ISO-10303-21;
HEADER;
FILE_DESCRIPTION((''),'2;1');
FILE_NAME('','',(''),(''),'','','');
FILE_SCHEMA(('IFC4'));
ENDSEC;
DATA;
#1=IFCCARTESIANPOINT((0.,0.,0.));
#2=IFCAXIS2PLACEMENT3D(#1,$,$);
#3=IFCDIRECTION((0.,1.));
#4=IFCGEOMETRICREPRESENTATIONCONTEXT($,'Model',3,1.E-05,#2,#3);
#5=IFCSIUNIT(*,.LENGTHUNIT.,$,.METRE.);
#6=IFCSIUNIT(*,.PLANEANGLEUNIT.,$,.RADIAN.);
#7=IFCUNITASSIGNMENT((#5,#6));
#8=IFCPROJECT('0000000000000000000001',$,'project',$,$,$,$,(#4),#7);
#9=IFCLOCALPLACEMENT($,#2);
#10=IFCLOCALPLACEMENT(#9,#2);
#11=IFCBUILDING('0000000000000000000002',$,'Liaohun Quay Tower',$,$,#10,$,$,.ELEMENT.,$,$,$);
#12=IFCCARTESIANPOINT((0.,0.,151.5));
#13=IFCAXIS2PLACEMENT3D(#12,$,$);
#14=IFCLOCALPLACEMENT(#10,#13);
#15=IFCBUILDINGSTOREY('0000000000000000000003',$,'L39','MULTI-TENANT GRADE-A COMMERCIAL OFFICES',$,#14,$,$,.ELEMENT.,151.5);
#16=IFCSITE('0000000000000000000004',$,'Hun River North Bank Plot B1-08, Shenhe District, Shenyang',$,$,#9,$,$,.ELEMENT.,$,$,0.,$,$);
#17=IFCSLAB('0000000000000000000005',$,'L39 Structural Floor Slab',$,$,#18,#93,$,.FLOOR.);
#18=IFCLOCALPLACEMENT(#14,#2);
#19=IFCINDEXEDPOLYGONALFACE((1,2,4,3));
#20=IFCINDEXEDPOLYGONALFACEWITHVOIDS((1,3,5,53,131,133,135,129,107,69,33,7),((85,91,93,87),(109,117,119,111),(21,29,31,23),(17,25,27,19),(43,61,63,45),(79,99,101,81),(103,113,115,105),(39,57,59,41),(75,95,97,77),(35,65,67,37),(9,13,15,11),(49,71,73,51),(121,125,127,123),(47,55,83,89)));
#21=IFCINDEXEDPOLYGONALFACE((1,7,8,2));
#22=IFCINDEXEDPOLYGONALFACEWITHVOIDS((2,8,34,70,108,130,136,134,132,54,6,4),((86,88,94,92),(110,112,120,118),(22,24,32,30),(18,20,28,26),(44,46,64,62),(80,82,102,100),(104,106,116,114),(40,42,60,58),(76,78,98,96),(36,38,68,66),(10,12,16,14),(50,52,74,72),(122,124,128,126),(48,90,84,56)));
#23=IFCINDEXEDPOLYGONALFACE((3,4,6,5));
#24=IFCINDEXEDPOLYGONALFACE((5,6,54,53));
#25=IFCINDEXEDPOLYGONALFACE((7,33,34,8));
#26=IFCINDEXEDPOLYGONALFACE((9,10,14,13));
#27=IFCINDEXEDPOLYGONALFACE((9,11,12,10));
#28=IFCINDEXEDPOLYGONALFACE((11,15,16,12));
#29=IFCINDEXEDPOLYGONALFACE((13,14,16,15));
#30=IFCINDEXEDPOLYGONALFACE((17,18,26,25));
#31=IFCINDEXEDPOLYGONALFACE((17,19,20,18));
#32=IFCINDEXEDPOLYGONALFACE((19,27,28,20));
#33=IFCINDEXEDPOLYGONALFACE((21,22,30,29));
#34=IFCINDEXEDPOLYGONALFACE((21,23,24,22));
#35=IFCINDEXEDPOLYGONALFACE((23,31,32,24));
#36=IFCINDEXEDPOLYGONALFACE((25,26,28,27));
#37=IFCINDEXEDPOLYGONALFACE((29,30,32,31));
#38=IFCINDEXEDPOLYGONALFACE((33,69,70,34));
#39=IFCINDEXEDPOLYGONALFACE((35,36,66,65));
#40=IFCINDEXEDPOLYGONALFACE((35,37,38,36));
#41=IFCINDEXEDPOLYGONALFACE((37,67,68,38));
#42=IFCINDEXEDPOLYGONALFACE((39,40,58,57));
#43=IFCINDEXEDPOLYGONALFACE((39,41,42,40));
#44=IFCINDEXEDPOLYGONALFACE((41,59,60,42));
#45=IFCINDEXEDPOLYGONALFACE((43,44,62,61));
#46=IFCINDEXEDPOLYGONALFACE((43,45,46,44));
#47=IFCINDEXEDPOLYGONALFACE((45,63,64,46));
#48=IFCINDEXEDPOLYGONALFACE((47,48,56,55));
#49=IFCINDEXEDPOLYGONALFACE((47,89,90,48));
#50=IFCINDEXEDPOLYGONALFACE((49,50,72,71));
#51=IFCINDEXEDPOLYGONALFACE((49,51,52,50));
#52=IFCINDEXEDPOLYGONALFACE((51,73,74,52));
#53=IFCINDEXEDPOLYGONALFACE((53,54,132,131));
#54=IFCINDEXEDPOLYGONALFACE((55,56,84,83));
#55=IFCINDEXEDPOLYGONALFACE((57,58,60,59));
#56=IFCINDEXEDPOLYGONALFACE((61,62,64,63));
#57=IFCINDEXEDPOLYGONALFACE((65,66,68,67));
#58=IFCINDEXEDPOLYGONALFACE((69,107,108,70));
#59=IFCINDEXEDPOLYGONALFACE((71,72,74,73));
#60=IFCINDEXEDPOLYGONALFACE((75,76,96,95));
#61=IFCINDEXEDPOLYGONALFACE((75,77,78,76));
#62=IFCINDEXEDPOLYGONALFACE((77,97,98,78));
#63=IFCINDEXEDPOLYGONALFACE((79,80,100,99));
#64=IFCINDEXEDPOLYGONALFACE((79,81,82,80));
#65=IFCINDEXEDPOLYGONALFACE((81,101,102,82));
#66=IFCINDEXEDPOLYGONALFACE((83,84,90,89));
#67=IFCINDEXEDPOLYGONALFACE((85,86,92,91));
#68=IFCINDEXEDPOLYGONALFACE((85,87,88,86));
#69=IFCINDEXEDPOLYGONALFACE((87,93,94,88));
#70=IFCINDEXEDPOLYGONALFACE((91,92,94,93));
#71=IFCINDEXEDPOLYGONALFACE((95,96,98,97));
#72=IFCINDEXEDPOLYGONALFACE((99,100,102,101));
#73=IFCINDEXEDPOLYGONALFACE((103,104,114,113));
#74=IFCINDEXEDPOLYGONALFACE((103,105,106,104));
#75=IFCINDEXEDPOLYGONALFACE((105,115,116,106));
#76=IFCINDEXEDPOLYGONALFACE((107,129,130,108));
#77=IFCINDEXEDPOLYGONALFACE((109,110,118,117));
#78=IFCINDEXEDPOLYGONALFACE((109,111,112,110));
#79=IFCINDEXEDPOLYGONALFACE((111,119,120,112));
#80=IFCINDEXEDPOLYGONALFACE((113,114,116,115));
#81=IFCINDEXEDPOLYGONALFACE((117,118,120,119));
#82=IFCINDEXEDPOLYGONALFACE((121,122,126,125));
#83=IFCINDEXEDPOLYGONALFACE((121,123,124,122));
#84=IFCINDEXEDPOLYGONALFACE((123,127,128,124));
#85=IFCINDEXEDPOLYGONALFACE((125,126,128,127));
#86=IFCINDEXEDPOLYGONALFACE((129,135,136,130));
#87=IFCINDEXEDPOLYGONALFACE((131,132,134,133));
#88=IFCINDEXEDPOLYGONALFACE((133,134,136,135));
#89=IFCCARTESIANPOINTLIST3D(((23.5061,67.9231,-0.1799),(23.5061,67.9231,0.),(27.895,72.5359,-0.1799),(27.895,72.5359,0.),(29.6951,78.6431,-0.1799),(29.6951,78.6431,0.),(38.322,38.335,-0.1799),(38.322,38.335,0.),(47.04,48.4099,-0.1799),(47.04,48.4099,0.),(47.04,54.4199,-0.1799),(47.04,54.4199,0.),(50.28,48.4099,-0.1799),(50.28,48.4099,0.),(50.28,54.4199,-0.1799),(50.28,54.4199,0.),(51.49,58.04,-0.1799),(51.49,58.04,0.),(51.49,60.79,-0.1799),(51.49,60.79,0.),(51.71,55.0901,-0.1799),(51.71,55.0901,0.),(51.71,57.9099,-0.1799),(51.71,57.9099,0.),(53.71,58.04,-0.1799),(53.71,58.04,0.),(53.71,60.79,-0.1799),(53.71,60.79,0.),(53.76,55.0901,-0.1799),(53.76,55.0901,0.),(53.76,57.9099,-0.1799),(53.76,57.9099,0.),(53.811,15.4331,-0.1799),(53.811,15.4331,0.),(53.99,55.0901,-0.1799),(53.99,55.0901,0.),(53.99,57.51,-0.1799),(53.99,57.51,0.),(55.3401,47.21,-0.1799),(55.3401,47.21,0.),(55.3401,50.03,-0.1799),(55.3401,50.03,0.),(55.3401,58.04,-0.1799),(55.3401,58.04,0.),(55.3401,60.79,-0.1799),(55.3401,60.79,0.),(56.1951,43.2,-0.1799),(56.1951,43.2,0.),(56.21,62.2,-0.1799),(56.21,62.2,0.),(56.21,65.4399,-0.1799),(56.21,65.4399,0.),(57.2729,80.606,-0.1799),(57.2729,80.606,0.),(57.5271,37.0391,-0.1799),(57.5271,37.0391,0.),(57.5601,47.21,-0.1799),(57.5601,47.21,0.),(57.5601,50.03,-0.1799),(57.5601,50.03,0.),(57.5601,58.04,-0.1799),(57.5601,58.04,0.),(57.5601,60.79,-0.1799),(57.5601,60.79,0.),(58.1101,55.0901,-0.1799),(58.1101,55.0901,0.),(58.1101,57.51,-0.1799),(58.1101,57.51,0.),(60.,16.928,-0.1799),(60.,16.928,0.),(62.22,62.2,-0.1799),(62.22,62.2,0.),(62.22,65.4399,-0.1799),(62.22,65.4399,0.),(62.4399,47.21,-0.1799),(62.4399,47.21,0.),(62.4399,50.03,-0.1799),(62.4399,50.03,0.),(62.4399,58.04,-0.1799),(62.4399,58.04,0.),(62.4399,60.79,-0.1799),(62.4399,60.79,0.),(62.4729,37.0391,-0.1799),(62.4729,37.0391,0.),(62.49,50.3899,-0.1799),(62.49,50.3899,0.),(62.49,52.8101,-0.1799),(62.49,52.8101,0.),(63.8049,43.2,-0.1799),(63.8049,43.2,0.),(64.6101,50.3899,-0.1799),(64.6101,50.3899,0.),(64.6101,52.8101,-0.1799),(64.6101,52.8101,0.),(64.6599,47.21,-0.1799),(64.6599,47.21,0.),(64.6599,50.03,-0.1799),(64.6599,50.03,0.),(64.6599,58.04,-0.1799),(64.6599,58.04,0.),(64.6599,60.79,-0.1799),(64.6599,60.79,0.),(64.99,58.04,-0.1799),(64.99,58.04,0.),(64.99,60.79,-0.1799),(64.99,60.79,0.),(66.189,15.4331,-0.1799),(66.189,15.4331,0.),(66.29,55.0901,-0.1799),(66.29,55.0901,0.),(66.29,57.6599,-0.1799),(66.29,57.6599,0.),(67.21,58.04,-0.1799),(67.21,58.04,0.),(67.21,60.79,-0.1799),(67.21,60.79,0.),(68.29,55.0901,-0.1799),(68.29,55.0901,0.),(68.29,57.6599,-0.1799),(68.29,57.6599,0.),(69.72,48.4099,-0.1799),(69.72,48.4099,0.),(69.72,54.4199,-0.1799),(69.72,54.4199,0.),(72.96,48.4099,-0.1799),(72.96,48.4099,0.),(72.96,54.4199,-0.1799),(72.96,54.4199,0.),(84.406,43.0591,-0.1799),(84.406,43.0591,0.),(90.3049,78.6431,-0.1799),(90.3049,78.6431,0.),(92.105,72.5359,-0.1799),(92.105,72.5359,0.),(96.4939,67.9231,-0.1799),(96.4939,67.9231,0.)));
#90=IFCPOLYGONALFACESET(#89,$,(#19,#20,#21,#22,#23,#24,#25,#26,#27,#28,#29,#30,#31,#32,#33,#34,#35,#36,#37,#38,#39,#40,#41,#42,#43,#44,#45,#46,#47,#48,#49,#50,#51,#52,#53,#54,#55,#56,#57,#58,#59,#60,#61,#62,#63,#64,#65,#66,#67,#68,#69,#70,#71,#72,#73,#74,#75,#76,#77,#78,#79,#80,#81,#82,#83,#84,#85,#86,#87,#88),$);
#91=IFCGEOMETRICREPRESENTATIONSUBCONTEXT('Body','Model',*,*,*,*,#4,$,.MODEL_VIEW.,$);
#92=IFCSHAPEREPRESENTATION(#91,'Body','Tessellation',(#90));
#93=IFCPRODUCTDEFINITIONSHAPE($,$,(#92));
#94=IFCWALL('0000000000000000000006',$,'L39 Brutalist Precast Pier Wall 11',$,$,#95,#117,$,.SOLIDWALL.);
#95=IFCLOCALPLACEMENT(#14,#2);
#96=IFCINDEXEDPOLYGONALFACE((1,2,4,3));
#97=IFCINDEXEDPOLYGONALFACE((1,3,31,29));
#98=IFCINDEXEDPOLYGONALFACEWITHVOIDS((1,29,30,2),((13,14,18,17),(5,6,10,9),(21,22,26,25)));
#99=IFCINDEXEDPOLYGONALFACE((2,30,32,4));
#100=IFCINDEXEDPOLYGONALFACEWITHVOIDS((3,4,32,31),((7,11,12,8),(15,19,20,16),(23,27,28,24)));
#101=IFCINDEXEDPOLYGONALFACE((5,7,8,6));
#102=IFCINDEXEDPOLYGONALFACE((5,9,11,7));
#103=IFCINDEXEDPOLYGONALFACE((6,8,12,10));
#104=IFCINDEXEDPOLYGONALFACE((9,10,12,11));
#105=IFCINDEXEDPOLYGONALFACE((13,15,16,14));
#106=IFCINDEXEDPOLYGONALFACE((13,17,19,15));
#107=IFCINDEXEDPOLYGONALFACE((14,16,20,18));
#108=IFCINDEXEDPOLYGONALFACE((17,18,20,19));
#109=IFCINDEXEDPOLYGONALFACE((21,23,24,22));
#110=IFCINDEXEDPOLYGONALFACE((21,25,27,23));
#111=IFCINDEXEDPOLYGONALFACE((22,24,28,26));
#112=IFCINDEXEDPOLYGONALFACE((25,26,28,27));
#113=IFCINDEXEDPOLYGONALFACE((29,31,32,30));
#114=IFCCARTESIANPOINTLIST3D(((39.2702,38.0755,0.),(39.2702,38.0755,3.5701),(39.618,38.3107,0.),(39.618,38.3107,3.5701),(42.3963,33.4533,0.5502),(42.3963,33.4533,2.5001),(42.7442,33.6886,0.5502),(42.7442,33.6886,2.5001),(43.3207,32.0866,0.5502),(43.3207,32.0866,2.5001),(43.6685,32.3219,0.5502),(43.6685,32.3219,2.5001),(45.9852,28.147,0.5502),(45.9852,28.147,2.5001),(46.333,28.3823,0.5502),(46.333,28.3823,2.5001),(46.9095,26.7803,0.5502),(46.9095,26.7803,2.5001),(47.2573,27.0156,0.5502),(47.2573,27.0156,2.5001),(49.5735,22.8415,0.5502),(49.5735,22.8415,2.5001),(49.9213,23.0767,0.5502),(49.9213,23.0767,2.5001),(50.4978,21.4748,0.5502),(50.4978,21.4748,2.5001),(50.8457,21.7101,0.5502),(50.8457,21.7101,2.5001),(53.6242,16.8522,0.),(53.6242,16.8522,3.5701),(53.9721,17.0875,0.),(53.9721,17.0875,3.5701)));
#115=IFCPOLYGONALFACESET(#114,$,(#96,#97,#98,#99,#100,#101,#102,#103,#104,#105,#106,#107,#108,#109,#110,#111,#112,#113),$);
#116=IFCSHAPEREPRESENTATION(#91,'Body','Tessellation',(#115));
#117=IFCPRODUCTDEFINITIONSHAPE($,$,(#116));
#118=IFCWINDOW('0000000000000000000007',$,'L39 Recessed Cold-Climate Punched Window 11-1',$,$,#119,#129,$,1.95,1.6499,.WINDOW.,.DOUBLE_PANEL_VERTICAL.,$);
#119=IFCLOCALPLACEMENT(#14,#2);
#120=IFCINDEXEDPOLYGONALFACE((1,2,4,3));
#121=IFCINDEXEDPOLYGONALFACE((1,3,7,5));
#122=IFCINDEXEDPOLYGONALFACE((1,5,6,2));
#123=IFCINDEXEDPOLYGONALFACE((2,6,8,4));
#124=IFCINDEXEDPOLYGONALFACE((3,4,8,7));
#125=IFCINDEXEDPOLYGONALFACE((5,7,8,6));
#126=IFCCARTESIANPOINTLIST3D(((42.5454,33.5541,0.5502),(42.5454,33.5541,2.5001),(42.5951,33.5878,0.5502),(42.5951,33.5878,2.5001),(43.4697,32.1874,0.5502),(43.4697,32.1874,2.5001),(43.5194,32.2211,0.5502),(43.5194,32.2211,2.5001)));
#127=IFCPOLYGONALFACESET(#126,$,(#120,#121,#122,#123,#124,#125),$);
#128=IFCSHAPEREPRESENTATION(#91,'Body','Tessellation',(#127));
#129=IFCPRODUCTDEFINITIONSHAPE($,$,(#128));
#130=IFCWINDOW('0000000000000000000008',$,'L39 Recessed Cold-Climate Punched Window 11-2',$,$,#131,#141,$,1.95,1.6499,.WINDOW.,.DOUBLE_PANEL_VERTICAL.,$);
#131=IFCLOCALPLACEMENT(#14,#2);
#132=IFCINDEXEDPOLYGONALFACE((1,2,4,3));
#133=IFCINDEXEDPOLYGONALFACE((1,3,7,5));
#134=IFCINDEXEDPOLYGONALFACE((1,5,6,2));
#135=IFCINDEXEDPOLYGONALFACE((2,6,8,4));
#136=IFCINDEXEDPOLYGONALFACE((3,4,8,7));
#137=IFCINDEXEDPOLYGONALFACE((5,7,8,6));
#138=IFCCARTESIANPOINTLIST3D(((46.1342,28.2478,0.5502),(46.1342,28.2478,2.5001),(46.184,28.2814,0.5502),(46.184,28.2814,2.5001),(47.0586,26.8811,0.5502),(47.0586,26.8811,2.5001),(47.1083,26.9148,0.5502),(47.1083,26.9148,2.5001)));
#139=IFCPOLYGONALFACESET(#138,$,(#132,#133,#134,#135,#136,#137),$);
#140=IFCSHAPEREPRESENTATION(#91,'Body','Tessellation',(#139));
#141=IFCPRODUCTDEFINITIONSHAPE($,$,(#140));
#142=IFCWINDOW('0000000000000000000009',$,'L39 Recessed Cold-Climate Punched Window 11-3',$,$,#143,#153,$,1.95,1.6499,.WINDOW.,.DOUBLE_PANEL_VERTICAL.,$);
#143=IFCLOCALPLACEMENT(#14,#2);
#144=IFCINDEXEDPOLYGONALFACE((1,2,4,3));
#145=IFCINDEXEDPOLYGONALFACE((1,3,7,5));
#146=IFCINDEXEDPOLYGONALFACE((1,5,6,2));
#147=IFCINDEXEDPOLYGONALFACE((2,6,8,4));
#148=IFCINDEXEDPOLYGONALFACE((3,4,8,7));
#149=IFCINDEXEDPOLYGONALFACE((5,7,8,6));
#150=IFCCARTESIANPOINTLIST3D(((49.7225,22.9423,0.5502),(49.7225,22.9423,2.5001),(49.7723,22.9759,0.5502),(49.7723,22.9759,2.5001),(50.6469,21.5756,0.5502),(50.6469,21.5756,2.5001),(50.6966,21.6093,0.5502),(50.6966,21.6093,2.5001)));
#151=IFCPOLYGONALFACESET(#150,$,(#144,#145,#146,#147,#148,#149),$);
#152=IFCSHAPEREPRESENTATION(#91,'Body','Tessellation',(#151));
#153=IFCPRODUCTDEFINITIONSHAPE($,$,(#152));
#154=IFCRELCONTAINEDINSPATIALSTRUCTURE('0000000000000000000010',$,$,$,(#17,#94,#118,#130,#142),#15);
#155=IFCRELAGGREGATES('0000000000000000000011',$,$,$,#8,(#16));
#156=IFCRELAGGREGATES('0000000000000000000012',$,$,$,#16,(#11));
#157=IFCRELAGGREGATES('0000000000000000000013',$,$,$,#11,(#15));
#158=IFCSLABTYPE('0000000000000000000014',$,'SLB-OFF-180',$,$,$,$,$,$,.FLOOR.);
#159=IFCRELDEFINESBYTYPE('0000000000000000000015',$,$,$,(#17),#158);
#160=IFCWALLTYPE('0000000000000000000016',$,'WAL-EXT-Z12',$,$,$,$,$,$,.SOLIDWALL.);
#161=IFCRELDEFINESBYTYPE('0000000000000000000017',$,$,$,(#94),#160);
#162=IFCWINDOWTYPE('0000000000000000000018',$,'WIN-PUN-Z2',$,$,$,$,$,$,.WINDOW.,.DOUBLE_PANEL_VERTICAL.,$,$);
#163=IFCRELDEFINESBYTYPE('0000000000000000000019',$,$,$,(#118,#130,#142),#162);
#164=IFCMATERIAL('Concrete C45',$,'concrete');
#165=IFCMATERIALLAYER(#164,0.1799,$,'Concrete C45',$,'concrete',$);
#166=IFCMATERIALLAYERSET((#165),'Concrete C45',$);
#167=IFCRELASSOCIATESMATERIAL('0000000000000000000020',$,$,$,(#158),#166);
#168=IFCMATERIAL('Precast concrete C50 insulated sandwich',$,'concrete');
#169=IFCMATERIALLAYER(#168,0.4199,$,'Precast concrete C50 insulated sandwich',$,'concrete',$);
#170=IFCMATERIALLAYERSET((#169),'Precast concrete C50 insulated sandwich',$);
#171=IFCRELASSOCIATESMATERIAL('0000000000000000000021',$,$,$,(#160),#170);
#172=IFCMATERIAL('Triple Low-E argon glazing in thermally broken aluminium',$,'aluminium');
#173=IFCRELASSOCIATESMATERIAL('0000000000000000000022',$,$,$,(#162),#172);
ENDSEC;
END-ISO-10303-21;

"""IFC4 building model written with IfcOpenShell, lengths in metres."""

from ifc_helpers import new_model, si_unit, direction, frame, frame_2d, origin, place, context, subcontext, project, spatial, polyline, rectangle, outline, extrude, source, transform, mapped, material, layer, layer_set, type_object, element, fill, save


model = new_model("IFC4")

# Units and contexts
model_context = context("Model", 3, precision=1e-05, world=origin(), true_north=direction((0.0, 1.0)))
body_context = subcontext(model_context, "Body", "Model", "MODEL_VIEW")
ifc_project = project(units=[si_unit("LENGTHUNIT", "METRE"), si_unit("PLANEANGLEUNIT", "RADIAN")], contexts=[model_context])

# Site, building, storey
site_placement = place(None, origin())
site = spatial("IfcSite", under=ifc_project, at=site_placement, Name="Hun River North Bank Plot B1-08, Shenhe District, Shenyang", CompositionType="ELEMENT", RefElevation=0.0)
building_placement = place(site_placement, origin())
building = spatial("IfcBuilding", under=site, at=building_placement, Name="Liaohun Quay Tower", CompositionType="ELEMENT")
storey_placement = place(building_placement, frame((0.0, 0.0, 151.5)))
storey = spatial("IfcBuildingStorey", under=building, at=storey_placement, Name="L39", Description="MULTI-TENANT GRADE-A COMMERCIAL OFFICES", CompositionType="ELEMENT", Elevation=151.5)

# Shared definitions
ifc_material_1 = material(Name="Concrete C45", Category="concrete")

# Slab
ifc_layer_1 = layer(ifc_material_1, 0.1799, Name="Concrete C45", Category="concrete")
ifc_layer_set_1 = layer_set([ifc_layer_1], Name="Concrete C45")
slab_type_1 = type_object("IfcSlabType", Name="SLB-OFF-180", PredefinedType="FLOOR", material=ifc_layer_set_1)
slab_1_placement = place(storey_placement, frame((0.0, 0.0, -0.1799)))
element("IfcSlab", 1, at=slab_1_placement, inside=storey, type_object=slab_type_1, Name="L39 Structural Floor Slab", PredefinedType="FLOOR", context=body_context, shape_type="SweptSolid", body=[
    extrude(outline(polyline([(53.811, 15.4331), (60.0, 16.928), (66.189, 15.4331), (84.406, 43.0591), (96.4939, 67.9231), (92.105, 72.5359), (90.3049, 78.6431), (57.2729, 80.606), (29.6951, 78.6431), (27.895, 72.5359), (23.5061, 67.9231), (38.322, 38.335), (53.811, 15.4331)]), holes=[polyline([(57.5601, 50.03), (55.3401, 50.03), (55.3401, 47.21), (57.5601, 47.21), (57.5601, 50.03)]), polyline([(50.28, 54.4199), (47.04, 54.4199), (47.04, 48.4099), (50.28, 48.4099), (50.28, 54.4199)]), polyline([(53.99, 55.0901), (58.1101, 55.0901), (58.1101, 57.51), (53.99, 57.51), (53.99, 55.0901)]), polyline([(53.76, 55.0901), (53.76, 57.9099), (51.71, 57.9099), (51.71, 55.0901), (53.76, 55.0901)]), polyline([(53.71, 58.04), (53.71, 60.79), (51.49, 60.79), (51.49, 58.04), (53.71, 58.04)]), polyline([(57.5601, 58.04), (57.5601, 60.79), (55.3401, 60.79), (55.3401, 58.04), (57.5601, 58.04)]), polyline([(62.22, 62.2), (62.22, 65.4399), (56.21, 65.4399), (56.21, 62.2), (62.22, 62.2)]), polyline([(62.4729, 37.0391), (63.8049, 43.2), (56.1951, 43.2), (57.5271, 37.0391), (62.4729, 37.0391)]), polyline([(64.6599, 47.21), (64.6599, 50.03), (62.4399, 50.03), (62.4399, 47.21), (64.6599, 47.21)]), polyline([(72.96, 54.4199), (69.72, 54.4199), (69.72, 48.4099), (72.96, 48.4099), (72.96, 54.4199)]), polyline([(64.6101, 50.3899), (64.6101, 52.8101), (62.49, 52.8101), (62.49, 50.3899), (64.6101, 50.3899)]), polyline([(68.29, 55.0901), (68.29, 57.6599), (66.29, 57.6599), (66.29, 55.0901), (68.29, 55.0901)]), polyline([(64.6599, 58.04), (64.6599, 60.79), (62.4399, 60.79), (62.4399, 58.04), (64.6599, 58.04)]), polyline([(67.21, 58.04), (67.21, 60.79), (64.99, 60.79), (64.99, 58.04), (67.21, 58.04)])]), origin(), (0.0, 0.0, 1.0), 0.1799),
])

# Wall, openings, windows
ifc_material_2 = material(Name="Precast concrete C50 insulated sandwich", Category="concrete")
ifc_layer_2 = layer(ifc_material_2, 0.4199, Name="Precast concrete C50 insulated sandwich", Category="concrete")
ifc_layer_set_2 = layer_set([ifc_layer_2], Name="Precast concrete C50 insulated sandwich")
wall_type_1 = type_object("IfcWallType", Name="WAL-EXT-Z12", PredefinedType="SOLIDWALL", material=ifc_layer_set_2)
wall_1_placement = place(storey_placement, frame((39.4441, 38.1931, 0.0), z_axis=(0.0, 0.0, 1.0), x_axis=(0.560234, -0.828335, 0.0)))
wall_1 = element("IfcWall", 2, at=wall_1_placement, inside=storey, type_object=wall_type_1, Name="L39 Brutalist Precast Pier Wall 11", PredefinedType="SOLIDWALL", context=body_context, shape_type="SweptSolid", body=[
    extrude(rectangle(XDim=25.6216, YDim=0.4199, at=frame_2d((12.8108, 0.0))), origin(), (0.0, 0.0, 1.0), 3.5701),
])
shared_shape_1 = source(origin(), body_context, "Body", "SweptSolid", [
    extrude(rectangle(XDim=1.6499, YDim=1.95, at=frame_2d((0.825, 0.9751))), frame((0.0, 0.22, 0.0), z_axis=(0.0, -1.0, 0.0), x_axis=(1.0, 0.0, 0.0)), (0.0, 0.0, 1.0), 0.4399),
])
opening_1_placement = place(wall_1_placement, frame((5.5801, 0.0, 0.55)))
opening_1 = element("IfcOpeningElement", 3, at=opening_1_placement, cuts=wall_1, PredefinedType="OPENING", context=body_context, shape_type="MappedRepresentation", body=[
    mapped(shared_shape_1, transform((0.0, 0.0, 0.0), x_axis=(1.0, 0.0, 0.0), y_axis=(0.0, 1.0, 0.0), z_axis=(0.0, 0.0, 1.0), scale=1.0)),
])
opening_2_placement = place(wall_1_placement, frame((11.9861, 0.0, 0.55)))
opening_2 = element("IfcOpeningElement", 4, at=opening_2_placement, cuts=wall_1, PredefinedType="OPENING", context=body_context, shape_type="MappedRepresentation", body=[
    mapped(shared_shape_1, transform((0.0, 0.0, 0.0), x_axis=(1.0, 0.0, 0.0), y_axis=(0.0, 1.0, 0.0), z_axis=(0.0, 0.0, 1.0), scale=1.0)),
])
opening_3_placement = place(wall_1_placement, frame((18.3911, 0.0, 0.55)))
opening_3 = element("IfcOpeningElement", 5, at=opening_3_placement, cuts=wall_1, PredefinedType="OPENING", context=body_context, shape_type="MappedRepresentation", body=[
    mapped(shared_shape_1, transform((0.0, 0.0, 0.0), x_axis=(1.0, 0.0, 0.0), y_axis=(0.0, 1.0, 0.0), z_axis=(0.0, 0.0, 1.0), scale=1.0)),
])
ifc_material_3 = material(Name="Triple Low-E argon glazing in thermally broken aluminium", Category="aluminium")
window_type = type_object("IfcWindowType", Name="WIN-PUN-Z2", PartitioningType="DOUBLE_PANEL_VERTICAL", PredefinedType="WINDOW", material=ifc_material_3)
shared_shape_2 = source(origin(), body_context, "Body", "SweptSolid", [
    extrude(rectangle(XDim=1.6499, YDim=1.95, at=frame_2d((0.825, 0.9751))), frame((0.0, 0.03, 0.0), z_axis=(0.0, -1.0, 0.0), x_axis=(1.0, 0.0, 0.0)), (0.0, 0.0, 1.0), 0.0601),
])
window_1_placement = place(opening_1_placement, origin())
window_1 = element("IfcWindow", 6, at=window_1_placement, inside=storey, type_object=window_type, Name="L39 Recessed Cold-Climate Punched Window 11-1", OverallHeight=1.95, OverallWidth=1.6499, PartitioningType="DOUBLE_PANEL_VERTICAL", PredefinedType="WINDOW", context=body_context, shape_type="MappedRepresentation", body=[
    mapped(shared_shape_2, transform((0.0, 0.0, 0.0), x_axis=(1.0, 0.0, 0.0), y_axis=(0.0, 1.0, 0.0), z_axis=(0.0, 0.0, 1.0), scale=1.0)),
])
fill(opening_1, window_1)
window_2_placement = place(opening_2_placement, origin())
window_2 = element("IfcWindow", 7, at=window_2_placement, inside=storey, type_object=window_type, Name="L39 Recessed Cold-Climate Punched Window 11-2", OverallHeight=1.95, OverallWidth=1.6499, PartitioningType="DOUBLE_PANEL_VERTICAL", PredefinedType="WINDOW", context=body_context, shape_type="MappedRepresentation", body=[
    mapped(shared_shape_2, transform((0.0, 0.0, 0.0), x_axis=(1.0, 0.0, 0.0), y_axis=(0.0, 1.0, 0.0), z_axis=(0.0, 0.0, 1.0), scale=1.0)),
])
fill(opening_2, window_2)
window_3_placement = place(opening_3_placement, origin())
window_3 = element("IfcWindow", 8, at=window_3_placement, inside=storey, type_object=window_type, Name="L39 Recessed Cold-Climate Punched Window 11-3", OverallHeight=1.95, OverallWidth=1.6499, PartitioningType="DOUBLE_PANEL_VERTICAL", PredefinedType="WINDOW", context=body_context, shape_type="MappedRepresentation", body=[
    mapped(shared_shape_2, transform((0.0, 0.0, 0.0), x_axis=(1.0, 0.0, 0.0), y_axis=(0.0, 1.0, 0.0), z_axis=(0.0, 0.0, 1.0), scale=1.0)),
])
fill(opening_3, window_3)

save(model, "model.ifc")
